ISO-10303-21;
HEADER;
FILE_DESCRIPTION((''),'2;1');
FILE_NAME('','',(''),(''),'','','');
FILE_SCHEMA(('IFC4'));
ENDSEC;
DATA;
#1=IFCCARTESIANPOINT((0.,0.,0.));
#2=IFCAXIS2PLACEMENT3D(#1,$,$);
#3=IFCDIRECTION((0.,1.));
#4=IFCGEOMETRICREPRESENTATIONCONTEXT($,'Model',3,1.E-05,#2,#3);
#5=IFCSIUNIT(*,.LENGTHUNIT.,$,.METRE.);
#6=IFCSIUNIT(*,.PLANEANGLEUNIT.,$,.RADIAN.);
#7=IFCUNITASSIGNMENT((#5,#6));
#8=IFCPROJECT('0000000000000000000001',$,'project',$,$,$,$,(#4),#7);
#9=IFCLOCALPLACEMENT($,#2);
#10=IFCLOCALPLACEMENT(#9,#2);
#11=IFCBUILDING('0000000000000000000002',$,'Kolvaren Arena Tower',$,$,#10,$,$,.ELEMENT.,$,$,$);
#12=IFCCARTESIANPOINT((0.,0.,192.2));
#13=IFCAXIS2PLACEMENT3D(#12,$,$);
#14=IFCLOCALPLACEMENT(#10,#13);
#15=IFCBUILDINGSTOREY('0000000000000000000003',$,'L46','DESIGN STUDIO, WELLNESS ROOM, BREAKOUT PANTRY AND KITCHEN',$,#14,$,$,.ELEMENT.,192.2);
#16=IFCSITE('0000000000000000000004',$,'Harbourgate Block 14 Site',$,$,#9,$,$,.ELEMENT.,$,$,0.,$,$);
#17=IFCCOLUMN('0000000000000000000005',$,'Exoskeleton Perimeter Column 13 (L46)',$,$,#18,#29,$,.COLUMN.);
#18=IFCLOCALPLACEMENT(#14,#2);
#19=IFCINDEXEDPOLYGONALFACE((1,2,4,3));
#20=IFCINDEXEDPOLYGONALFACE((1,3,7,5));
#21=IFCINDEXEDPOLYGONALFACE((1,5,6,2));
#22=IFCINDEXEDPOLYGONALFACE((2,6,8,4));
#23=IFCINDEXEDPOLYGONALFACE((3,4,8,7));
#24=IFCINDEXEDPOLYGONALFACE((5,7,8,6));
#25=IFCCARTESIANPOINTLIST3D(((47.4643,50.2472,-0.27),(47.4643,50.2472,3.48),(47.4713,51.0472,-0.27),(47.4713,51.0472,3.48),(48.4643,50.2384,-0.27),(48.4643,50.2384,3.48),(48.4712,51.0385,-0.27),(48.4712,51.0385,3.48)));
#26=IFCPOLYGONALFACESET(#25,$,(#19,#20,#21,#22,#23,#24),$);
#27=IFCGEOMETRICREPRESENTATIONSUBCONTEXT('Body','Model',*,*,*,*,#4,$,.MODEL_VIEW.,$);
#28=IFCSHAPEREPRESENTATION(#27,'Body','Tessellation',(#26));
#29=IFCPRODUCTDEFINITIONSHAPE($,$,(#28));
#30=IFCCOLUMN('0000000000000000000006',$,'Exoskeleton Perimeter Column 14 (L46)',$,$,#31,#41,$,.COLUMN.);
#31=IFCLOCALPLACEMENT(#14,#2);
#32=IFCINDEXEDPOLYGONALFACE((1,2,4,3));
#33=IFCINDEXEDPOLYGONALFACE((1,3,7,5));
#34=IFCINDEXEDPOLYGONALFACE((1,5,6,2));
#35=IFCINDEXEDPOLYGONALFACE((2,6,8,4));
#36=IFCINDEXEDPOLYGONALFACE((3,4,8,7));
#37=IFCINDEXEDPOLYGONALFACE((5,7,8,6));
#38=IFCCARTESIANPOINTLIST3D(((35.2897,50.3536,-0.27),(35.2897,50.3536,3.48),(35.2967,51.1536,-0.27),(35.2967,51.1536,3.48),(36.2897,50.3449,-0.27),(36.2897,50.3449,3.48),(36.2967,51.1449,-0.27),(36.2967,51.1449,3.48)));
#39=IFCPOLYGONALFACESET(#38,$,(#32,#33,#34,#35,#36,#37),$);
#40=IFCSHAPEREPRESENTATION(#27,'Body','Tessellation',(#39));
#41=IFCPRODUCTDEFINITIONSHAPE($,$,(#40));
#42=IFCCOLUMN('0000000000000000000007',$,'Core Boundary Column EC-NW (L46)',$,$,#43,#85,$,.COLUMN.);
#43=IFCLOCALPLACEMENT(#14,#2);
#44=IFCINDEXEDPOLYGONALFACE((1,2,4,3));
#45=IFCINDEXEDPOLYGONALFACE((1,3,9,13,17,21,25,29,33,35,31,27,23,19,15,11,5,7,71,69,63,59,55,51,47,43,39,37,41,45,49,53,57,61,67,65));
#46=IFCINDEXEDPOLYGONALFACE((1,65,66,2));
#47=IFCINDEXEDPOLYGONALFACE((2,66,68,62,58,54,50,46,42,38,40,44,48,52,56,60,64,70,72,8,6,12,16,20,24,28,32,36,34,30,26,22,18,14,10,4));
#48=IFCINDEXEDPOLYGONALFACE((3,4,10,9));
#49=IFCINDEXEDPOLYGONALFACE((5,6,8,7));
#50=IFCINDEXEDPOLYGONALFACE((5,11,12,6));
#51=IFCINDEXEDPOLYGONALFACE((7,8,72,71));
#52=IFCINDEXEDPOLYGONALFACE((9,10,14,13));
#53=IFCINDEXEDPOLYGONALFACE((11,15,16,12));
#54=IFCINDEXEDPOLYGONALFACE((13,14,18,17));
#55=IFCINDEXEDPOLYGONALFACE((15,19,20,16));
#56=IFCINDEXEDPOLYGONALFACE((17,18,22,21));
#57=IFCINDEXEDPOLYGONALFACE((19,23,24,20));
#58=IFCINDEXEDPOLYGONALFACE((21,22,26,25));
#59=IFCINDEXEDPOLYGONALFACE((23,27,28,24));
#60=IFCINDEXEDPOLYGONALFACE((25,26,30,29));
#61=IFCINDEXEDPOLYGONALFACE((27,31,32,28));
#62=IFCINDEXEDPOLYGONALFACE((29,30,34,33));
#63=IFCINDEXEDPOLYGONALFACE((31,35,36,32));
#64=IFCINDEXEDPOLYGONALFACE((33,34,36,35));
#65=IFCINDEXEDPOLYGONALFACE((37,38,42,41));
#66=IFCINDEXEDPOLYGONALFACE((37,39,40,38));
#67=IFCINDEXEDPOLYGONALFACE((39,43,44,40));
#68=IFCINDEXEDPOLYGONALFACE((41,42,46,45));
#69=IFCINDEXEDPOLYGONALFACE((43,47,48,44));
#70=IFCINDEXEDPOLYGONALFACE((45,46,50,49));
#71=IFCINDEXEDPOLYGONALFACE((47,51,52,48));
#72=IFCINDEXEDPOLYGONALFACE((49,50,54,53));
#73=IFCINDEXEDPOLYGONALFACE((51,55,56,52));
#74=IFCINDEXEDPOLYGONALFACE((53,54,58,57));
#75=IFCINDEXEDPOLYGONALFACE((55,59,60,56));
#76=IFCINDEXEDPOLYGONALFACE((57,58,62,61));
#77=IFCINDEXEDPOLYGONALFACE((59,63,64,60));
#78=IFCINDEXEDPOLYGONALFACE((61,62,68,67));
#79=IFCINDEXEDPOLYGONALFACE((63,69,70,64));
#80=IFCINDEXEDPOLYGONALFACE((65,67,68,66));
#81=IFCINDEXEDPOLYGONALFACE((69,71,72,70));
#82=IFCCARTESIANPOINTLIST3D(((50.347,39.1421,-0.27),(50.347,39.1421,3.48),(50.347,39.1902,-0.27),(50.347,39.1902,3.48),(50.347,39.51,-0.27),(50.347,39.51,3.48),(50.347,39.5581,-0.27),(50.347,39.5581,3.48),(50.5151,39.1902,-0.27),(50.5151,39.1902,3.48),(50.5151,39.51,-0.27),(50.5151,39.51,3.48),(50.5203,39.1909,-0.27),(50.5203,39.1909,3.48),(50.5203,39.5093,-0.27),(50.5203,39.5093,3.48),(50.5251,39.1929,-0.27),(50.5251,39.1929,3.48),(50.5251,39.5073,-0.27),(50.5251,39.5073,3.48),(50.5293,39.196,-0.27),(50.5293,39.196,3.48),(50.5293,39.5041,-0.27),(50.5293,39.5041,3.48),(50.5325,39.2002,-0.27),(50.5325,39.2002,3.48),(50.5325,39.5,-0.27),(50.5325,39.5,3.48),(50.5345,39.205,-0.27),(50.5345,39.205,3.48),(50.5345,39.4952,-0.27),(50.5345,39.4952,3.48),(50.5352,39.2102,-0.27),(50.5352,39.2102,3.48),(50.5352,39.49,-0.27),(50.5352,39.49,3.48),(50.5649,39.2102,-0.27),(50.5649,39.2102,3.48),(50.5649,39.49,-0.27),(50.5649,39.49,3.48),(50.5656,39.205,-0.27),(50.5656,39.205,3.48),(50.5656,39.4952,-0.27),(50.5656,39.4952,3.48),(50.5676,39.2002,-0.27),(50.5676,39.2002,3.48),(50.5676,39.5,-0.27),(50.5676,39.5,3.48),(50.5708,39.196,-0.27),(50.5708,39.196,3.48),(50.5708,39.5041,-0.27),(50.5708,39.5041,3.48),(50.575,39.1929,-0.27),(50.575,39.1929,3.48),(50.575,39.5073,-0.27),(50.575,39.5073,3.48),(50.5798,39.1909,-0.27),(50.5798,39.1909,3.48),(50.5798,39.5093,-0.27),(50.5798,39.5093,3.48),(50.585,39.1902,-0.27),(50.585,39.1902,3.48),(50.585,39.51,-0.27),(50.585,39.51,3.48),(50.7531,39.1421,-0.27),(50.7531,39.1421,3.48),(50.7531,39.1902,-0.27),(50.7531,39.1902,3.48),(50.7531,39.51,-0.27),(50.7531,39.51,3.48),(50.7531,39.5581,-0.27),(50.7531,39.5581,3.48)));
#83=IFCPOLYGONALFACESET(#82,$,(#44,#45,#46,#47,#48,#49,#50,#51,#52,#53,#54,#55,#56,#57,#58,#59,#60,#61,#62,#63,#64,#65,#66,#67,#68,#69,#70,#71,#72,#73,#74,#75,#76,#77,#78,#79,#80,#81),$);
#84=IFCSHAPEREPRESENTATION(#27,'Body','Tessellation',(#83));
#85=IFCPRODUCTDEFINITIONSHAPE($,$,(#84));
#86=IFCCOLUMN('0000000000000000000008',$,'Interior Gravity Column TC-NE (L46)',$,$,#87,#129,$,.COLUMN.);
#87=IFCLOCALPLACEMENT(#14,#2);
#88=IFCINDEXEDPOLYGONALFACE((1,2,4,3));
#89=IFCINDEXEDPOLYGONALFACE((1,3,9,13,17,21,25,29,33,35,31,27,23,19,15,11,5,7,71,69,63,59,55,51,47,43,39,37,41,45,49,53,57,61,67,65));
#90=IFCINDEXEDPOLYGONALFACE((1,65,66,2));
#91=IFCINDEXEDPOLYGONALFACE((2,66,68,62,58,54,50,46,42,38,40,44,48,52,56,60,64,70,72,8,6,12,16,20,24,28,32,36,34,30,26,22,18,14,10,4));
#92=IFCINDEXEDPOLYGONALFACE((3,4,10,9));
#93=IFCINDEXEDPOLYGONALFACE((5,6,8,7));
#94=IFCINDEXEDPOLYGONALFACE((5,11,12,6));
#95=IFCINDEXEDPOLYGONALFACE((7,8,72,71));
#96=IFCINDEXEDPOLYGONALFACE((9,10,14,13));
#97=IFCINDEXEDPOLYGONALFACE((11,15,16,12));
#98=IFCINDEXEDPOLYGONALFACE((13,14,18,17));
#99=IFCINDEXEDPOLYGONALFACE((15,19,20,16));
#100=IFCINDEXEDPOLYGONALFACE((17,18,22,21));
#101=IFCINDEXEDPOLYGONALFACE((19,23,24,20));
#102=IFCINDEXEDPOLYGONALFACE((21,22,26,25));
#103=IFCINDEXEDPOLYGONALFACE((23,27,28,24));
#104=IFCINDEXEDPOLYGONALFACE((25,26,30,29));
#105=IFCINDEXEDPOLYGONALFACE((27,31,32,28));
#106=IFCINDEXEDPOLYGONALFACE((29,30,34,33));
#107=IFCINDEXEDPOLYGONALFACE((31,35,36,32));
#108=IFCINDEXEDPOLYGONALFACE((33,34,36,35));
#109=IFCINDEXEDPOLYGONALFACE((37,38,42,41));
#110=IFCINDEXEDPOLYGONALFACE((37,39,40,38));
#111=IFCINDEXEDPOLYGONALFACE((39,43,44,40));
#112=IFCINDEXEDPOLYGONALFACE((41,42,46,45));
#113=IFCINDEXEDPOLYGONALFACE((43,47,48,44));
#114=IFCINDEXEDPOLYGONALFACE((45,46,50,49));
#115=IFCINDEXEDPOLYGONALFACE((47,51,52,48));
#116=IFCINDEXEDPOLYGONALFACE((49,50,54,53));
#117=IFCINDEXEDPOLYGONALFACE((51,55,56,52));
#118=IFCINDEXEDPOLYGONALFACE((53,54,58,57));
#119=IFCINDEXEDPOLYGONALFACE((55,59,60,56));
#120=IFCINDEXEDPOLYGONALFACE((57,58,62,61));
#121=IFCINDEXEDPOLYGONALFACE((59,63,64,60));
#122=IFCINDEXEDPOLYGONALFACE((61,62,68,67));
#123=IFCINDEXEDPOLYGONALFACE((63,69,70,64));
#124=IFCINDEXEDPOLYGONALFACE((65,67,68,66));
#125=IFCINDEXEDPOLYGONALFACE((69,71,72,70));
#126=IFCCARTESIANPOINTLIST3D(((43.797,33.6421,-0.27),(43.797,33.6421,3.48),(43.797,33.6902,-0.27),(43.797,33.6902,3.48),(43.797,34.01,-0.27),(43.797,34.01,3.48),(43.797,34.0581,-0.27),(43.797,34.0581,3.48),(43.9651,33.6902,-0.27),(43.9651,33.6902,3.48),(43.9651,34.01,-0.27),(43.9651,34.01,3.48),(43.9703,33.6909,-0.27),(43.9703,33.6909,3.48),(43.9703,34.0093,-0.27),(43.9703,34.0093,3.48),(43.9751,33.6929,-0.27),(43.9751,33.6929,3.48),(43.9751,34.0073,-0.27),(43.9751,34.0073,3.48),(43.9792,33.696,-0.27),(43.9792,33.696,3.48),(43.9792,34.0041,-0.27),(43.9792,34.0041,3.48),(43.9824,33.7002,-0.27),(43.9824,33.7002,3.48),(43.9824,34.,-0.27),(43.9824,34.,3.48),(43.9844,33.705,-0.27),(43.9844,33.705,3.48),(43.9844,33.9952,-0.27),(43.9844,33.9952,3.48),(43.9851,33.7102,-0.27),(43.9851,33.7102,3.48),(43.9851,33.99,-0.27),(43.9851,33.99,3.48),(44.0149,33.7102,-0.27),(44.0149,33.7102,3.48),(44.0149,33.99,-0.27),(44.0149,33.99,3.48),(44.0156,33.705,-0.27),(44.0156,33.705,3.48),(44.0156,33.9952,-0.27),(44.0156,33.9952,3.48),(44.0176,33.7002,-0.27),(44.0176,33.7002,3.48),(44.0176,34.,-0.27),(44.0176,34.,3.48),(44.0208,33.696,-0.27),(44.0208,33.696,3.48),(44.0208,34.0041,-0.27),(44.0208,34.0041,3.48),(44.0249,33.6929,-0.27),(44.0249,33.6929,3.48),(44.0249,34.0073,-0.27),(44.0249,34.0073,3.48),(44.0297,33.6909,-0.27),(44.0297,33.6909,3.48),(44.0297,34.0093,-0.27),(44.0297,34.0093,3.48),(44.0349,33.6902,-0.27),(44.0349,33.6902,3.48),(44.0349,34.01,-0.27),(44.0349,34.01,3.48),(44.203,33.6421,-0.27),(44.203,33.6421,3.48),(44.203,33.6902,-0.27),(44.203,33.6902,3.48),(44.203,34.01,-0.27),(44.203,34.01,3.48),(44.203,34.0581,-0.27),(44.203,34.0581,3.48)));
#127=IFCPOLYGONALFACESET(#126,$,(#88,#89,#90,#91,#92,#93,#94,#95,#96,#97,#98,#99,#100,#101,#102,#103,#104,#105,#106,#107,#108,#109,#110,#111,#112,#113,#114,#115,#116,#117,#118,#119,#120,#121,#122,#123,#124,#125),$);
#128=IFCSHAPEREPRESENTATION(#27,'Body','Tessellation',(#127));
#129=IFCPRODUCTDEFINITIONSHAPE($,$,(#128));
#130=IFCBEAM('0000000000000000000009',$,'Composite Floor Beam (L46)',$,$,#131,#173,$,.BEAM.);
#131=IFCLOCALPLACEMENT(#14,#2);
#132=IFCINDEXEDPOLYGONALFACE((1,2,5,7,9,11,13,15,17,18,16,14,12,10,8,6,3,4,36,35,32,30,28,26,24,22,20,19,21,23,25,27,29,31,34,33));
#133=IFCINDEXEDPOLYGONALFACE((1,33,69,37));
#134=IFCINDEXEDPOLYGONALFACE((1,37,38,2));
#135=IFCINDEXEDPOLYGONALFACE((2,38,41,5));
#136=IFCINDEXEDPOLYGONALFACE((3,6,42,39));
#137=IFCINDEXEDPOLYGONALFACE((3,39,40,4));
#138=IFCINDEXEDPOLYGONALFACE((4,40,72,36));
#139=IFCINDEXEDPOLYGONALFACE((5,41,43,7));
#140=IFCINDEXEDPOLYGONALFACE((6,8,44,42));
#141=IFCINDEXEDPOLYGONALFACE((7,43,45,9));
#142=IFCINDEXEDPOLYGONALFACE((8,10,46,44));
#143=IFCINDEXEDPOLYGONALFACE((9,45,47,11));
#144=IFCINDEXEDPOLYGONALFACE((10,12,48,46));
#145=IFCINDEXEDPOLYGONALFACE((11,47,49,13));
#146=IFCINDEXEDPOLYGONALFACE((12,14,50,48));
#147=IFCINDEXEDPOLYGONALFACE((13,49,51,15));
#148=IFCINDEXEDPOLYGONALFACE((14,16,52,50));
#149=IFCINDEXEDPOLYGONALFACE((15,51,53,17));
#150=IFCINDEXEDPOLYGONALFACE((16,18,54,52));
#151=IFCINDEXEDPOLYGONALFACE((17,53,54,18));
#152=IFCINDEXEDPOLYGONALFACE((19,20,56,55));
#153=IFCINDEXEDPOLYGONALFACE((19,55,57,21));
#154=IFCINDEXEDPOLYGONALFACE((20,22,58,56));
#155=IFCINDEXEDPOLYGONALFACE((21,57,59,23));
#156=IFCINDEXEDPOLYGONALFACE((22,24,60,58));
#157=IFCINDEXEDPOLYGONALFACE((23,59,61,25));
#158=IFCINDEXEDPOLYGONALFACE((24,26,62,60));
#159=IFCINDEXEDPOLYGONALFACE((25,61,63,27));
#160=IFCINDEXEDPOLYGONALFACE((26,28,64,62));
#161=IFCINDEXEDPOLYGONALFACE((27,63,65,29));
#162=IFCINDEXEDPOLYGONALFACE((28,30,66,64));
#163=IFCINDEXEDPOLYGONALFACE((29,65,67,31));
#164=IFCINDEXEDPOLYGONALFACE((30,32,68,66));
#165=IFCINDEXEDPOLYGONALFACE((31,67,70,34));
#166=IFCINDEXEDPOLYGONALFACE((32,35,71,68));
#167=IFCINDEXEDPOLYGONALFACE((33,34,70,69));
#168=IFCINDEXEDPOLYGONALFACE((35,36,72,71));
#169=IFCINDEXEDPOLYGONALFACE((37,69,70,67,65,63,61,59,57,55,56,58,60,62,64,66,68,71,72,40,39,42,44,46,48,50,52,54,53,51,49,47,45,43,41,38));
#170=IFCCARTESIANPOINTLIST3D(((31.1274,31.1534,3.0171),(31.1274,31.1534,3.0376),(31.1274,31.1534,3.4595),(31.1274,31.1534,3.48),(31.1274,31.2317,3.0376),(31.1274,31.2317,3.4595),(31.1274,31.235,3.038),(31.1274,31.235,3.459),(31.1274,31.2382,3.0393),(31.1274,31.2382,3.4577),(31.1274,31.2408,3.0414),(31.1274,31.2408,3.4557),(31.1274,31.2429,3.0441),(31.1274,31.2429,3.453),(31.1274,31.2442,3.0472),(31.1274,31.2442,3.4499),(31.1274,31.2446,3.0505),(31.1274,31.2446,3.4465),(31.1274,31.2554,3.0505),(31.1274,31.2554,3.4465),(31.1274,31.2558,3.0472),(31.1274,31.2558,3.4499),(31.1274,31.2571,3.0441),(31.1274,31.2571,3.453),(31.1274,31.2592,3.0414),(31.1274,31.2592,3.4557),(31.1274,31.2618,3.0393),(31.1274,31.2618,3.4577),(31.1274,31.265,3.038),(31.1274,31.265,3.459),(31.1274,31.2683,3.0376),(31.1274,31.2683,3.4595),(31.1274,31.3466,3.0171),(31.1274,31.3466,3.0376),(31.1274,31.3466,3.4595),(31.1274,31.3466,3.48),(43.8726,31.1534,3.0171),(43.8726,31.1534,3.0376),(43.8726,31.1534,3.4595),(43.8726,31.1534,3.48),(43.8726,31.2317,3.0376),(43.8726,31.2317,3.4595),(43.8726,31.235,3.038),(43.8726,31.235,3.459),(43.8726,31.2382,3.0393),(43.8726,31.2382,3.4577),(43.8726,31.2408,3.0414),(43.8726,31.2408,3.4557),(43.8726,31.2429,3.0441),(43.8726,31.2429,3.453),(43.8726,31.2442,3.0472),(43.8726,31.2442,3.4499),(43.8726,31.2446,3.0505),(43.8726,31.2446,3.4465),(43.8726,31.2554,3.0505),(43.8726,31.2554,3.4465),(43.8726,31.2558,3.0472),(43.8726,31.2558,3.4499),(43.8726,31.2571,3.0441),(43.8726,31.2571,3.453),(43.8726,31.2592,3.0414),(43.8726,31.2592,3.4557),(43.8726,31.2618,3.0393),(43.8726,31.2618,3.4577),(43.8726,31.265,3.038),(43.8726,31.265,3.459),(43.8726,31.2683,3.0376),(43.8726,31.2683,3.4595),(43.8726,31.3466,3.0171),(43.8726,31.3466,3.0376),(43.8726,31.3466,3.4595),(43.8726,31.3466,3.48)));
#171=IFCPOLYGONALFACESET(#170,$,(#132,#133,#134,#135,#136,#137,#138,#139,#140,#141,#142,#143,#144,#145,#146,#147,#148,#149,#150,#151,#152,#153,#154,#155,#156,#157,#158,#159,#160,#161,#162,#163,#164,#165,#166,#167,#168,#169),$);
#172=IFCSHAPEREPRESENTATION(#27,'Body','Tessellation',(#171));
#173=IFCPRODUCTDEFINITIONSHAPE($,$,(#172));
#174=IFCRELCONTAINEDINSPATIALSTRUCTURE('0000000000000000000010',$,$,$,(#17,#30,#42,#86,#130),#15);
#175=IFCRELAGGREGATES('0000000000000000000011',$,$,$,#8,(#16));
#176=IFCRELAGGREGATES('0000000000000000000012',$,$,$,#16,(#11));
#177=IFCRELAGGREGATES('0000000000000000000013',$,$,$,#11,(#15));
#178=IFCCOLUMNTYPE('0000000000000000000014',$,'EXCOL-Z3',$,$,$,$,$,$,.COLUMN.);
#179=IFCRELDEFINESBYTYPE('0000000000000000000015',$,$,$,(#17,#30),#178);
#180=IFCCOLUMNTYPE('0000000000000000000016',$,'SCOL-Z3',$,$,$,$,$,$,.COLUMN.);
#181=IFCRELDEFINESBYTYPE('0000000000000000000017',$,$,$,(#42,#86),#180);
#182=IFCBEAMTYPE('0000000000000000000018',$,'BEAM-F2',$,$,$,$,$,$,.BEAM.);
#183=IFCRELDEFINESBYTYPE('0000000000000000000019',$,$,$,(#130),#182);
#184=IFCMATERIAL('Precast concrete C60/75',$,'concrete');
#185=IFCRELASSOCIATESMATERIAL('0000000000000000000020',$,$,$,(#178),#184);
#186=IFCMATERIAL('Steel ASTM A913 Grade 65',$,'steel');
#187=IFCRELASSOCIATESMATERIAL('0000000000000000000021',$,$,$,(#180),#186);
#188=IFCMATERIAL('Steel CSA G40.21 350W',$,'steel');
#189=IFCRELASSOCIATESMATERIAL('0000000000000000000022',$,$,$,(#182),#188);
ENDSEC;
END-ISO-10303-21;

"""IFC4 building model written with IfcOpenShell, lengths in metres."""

from ifc_helpers import new_model, si_unit, direction, frame, origin, origin_2d, place, context, subcontext, project, spatial, rectangle, i_section, extrude, material, material_profile, profile_set, type_object, element, save


model = new_model("IFC4")

# Units and contexts
model_context = context("Model", 3, precision=1e-05, world=origin(), true_north=direction((0.0, 1.0)))
body_context = subcontext(model_context, "Body", "Model", "MODEL_VIEW")
ifc_project = project(units=[si_unit("LENGTHUNIT", "METRE"), si_unit("PLANEANGLEUNIT", "RADIAN")], contexts=[model_context])

# Site, building, storey
site_placement = place(None, origin())
site = spatial("IfcSite", under=ifc_project, at=site_placement, Name="Harbourgate Block 14 Site", CompositionType="ELEMENT", RefElevation=0.0)
building_placement = place(site_placement, origin())
building = spatial("IfcBuilding", under=site, at=building_placement, Name="Kolvaren Arena Tower", CompositionType="ELEMENT")
storey_placement = place(building_placement, frame((0.0, 0.0, 192.2)))
storey = spatial("IfcBuildingStorey", under=building, at=storey_placement, Name="L46", Description="DESIGN STUDIO, WELLNESS ROOM, BREAKOUT PANTRY AND KITCHEN", CompositionType="ELEMENT", Elevation=192.2)

# Columns
ifc_material_1 = material(Name="Precast concrete C60/75", Category="concrete")
ifc_material_profile_1 = material_profile(ifc_material_1, rectangle(XDim=1.0, YDim=0.8, at=origin_2d()), Name="RC-1000x800")
ifc_profile_set_1 = profile_set([ifc_material_profile_1], Name="Precast concrete C60/75")
column_type_1 = type_object("IfcColumnType", Name="EXCOL-Z3", PredefinedType="COLUMN", material=ifc_profile_set_1)
for number, where, z_axis, x_axis, name in (
    (1, (47.9678, 50.6428, -0.27), (0.0, 0.0, 1.0), (0.999962, -0.008727, 0.0), "Exoskeleton Perimeter Column 13 (L46)"),
    (2, (35.7932, 50.7493, -0.27), (0.0, 0.0, 1.0), (0.999962, -0.008727, 0.0), "Exoskeleton Perimeter Column 14 (L46)"),
):
    element("IfcColumn", number, at=place(storey_placement, frame(where, z_axis=z_axis, x_axis=x_axis)), inside=storey, type_object=column_type_1, Name=name, PredefinedType="COLUMN", context=body_context, shape_type="SweptSolid", body=[
        extrude(rectangle(XDim=1.0, YDim=0.8, at=origin_2d()), origin(), (0.0, 0.0, 1.0), 3.75),
    ])
ifc_material_2 = material(Name="Steel ASTM A913 Grade 65", Category="steel")
ifc_material_profile_2 = material_profile(ifc_material_2, i_section(OverallWidth=0.406, OverallDepth=0.416, WebThickness=0.0298, FlangeThickness=0.0481, FilletRadius=0.02, at=origin_2d()), Name="W360x382")
ifc_profile_set_2 = profile_set([ifc_material_profile_2], Name="Steel ASTM A913 Grade 65")
column_type_2 = type_object("IfcColumnType", Name="SCOL-Z3", PredefinedType="COLUMN", material=ifc_profile_set_2)
for number, where, z_axis, x_axis, name in (
    (3, (50.55, 39.3501, -0.27), (0.0, 0.0, 1.0), (1.0, 0.0, 0.0), "Core Boundary Column EC-NW (L46)"),
    (4, (44.0, 33.8501, -0.27), (0.0, 0.0, 1.0), (1.0, 0.0, 0.0), "Interior Gravity Column TC-NE (L46)"),
):
    element("IfcColumn", number, at=place(storey_placement, frame(where, z_axis=z_axis, x_axis=x_axis)), inside=storey, type_object=column_type_2, Name=name, PredefinedType="COLUMN", context=body_context, shape_type="SweptSolid", body=[
        extrude(i_section(OverallWidth=0.406, OverallDepth=0.416, WebThickness=0.0298, FlangeThickness=0.0481, FilletRadius=0.02, at=origin_2d()), origin(), (0.0, 0.0, 1.0), 3.75),
    ])

# Beam
ifc_material_3 = material(Name="Steel CSA G40.21 350W", Category="steel")
ifc_material_profile_3 = material_profile(ifc_material_3, i_section(OverallWidth=0.1931, OverallDepth=0.4629, WebThickness=0.0107, FlangeThickness=0.0205, FilletRadius=0.0129, at=origin_2d()), Name="W460x113")
ifc_profile_set_3 = profile_set([ifc_material_profile_3], Name="Steel CSA G40.21 350W")
beam_type_1 = type_object("IfcBeamType", Name="BEAM-F2", PredefinedType="BEAM", material=ifc_profile_set_3)
for number, where, z_axis, x_axis, name in (
    (5, (31.1274, 31.25, 3.2485), (1.0, 0.0, 0.0), (0.0, 1.0, 0.0), "Composite Floor Beam (L46)"),
):
    element("IfcBeam", number, at=place(storey_placement, frame(where, z_axis=z_axis, x_axis=x_axis)), inside=storey, type_object=beam_type_1, Name=name, PredefinedType="BEAM", context=body_context, shape_type="SweptSolid", body=[
        extrude(i_section(OverallWidth=0.1931, OverallDepth=0.4629, WebThickness=0.0107, FlangeThickness=0.0205, FilletRadius=0.0129, at=origin_2d()), origin(), (0.0, 0.0, 1.0), 12.7451),
    ])

save(model, "model.ifc")
